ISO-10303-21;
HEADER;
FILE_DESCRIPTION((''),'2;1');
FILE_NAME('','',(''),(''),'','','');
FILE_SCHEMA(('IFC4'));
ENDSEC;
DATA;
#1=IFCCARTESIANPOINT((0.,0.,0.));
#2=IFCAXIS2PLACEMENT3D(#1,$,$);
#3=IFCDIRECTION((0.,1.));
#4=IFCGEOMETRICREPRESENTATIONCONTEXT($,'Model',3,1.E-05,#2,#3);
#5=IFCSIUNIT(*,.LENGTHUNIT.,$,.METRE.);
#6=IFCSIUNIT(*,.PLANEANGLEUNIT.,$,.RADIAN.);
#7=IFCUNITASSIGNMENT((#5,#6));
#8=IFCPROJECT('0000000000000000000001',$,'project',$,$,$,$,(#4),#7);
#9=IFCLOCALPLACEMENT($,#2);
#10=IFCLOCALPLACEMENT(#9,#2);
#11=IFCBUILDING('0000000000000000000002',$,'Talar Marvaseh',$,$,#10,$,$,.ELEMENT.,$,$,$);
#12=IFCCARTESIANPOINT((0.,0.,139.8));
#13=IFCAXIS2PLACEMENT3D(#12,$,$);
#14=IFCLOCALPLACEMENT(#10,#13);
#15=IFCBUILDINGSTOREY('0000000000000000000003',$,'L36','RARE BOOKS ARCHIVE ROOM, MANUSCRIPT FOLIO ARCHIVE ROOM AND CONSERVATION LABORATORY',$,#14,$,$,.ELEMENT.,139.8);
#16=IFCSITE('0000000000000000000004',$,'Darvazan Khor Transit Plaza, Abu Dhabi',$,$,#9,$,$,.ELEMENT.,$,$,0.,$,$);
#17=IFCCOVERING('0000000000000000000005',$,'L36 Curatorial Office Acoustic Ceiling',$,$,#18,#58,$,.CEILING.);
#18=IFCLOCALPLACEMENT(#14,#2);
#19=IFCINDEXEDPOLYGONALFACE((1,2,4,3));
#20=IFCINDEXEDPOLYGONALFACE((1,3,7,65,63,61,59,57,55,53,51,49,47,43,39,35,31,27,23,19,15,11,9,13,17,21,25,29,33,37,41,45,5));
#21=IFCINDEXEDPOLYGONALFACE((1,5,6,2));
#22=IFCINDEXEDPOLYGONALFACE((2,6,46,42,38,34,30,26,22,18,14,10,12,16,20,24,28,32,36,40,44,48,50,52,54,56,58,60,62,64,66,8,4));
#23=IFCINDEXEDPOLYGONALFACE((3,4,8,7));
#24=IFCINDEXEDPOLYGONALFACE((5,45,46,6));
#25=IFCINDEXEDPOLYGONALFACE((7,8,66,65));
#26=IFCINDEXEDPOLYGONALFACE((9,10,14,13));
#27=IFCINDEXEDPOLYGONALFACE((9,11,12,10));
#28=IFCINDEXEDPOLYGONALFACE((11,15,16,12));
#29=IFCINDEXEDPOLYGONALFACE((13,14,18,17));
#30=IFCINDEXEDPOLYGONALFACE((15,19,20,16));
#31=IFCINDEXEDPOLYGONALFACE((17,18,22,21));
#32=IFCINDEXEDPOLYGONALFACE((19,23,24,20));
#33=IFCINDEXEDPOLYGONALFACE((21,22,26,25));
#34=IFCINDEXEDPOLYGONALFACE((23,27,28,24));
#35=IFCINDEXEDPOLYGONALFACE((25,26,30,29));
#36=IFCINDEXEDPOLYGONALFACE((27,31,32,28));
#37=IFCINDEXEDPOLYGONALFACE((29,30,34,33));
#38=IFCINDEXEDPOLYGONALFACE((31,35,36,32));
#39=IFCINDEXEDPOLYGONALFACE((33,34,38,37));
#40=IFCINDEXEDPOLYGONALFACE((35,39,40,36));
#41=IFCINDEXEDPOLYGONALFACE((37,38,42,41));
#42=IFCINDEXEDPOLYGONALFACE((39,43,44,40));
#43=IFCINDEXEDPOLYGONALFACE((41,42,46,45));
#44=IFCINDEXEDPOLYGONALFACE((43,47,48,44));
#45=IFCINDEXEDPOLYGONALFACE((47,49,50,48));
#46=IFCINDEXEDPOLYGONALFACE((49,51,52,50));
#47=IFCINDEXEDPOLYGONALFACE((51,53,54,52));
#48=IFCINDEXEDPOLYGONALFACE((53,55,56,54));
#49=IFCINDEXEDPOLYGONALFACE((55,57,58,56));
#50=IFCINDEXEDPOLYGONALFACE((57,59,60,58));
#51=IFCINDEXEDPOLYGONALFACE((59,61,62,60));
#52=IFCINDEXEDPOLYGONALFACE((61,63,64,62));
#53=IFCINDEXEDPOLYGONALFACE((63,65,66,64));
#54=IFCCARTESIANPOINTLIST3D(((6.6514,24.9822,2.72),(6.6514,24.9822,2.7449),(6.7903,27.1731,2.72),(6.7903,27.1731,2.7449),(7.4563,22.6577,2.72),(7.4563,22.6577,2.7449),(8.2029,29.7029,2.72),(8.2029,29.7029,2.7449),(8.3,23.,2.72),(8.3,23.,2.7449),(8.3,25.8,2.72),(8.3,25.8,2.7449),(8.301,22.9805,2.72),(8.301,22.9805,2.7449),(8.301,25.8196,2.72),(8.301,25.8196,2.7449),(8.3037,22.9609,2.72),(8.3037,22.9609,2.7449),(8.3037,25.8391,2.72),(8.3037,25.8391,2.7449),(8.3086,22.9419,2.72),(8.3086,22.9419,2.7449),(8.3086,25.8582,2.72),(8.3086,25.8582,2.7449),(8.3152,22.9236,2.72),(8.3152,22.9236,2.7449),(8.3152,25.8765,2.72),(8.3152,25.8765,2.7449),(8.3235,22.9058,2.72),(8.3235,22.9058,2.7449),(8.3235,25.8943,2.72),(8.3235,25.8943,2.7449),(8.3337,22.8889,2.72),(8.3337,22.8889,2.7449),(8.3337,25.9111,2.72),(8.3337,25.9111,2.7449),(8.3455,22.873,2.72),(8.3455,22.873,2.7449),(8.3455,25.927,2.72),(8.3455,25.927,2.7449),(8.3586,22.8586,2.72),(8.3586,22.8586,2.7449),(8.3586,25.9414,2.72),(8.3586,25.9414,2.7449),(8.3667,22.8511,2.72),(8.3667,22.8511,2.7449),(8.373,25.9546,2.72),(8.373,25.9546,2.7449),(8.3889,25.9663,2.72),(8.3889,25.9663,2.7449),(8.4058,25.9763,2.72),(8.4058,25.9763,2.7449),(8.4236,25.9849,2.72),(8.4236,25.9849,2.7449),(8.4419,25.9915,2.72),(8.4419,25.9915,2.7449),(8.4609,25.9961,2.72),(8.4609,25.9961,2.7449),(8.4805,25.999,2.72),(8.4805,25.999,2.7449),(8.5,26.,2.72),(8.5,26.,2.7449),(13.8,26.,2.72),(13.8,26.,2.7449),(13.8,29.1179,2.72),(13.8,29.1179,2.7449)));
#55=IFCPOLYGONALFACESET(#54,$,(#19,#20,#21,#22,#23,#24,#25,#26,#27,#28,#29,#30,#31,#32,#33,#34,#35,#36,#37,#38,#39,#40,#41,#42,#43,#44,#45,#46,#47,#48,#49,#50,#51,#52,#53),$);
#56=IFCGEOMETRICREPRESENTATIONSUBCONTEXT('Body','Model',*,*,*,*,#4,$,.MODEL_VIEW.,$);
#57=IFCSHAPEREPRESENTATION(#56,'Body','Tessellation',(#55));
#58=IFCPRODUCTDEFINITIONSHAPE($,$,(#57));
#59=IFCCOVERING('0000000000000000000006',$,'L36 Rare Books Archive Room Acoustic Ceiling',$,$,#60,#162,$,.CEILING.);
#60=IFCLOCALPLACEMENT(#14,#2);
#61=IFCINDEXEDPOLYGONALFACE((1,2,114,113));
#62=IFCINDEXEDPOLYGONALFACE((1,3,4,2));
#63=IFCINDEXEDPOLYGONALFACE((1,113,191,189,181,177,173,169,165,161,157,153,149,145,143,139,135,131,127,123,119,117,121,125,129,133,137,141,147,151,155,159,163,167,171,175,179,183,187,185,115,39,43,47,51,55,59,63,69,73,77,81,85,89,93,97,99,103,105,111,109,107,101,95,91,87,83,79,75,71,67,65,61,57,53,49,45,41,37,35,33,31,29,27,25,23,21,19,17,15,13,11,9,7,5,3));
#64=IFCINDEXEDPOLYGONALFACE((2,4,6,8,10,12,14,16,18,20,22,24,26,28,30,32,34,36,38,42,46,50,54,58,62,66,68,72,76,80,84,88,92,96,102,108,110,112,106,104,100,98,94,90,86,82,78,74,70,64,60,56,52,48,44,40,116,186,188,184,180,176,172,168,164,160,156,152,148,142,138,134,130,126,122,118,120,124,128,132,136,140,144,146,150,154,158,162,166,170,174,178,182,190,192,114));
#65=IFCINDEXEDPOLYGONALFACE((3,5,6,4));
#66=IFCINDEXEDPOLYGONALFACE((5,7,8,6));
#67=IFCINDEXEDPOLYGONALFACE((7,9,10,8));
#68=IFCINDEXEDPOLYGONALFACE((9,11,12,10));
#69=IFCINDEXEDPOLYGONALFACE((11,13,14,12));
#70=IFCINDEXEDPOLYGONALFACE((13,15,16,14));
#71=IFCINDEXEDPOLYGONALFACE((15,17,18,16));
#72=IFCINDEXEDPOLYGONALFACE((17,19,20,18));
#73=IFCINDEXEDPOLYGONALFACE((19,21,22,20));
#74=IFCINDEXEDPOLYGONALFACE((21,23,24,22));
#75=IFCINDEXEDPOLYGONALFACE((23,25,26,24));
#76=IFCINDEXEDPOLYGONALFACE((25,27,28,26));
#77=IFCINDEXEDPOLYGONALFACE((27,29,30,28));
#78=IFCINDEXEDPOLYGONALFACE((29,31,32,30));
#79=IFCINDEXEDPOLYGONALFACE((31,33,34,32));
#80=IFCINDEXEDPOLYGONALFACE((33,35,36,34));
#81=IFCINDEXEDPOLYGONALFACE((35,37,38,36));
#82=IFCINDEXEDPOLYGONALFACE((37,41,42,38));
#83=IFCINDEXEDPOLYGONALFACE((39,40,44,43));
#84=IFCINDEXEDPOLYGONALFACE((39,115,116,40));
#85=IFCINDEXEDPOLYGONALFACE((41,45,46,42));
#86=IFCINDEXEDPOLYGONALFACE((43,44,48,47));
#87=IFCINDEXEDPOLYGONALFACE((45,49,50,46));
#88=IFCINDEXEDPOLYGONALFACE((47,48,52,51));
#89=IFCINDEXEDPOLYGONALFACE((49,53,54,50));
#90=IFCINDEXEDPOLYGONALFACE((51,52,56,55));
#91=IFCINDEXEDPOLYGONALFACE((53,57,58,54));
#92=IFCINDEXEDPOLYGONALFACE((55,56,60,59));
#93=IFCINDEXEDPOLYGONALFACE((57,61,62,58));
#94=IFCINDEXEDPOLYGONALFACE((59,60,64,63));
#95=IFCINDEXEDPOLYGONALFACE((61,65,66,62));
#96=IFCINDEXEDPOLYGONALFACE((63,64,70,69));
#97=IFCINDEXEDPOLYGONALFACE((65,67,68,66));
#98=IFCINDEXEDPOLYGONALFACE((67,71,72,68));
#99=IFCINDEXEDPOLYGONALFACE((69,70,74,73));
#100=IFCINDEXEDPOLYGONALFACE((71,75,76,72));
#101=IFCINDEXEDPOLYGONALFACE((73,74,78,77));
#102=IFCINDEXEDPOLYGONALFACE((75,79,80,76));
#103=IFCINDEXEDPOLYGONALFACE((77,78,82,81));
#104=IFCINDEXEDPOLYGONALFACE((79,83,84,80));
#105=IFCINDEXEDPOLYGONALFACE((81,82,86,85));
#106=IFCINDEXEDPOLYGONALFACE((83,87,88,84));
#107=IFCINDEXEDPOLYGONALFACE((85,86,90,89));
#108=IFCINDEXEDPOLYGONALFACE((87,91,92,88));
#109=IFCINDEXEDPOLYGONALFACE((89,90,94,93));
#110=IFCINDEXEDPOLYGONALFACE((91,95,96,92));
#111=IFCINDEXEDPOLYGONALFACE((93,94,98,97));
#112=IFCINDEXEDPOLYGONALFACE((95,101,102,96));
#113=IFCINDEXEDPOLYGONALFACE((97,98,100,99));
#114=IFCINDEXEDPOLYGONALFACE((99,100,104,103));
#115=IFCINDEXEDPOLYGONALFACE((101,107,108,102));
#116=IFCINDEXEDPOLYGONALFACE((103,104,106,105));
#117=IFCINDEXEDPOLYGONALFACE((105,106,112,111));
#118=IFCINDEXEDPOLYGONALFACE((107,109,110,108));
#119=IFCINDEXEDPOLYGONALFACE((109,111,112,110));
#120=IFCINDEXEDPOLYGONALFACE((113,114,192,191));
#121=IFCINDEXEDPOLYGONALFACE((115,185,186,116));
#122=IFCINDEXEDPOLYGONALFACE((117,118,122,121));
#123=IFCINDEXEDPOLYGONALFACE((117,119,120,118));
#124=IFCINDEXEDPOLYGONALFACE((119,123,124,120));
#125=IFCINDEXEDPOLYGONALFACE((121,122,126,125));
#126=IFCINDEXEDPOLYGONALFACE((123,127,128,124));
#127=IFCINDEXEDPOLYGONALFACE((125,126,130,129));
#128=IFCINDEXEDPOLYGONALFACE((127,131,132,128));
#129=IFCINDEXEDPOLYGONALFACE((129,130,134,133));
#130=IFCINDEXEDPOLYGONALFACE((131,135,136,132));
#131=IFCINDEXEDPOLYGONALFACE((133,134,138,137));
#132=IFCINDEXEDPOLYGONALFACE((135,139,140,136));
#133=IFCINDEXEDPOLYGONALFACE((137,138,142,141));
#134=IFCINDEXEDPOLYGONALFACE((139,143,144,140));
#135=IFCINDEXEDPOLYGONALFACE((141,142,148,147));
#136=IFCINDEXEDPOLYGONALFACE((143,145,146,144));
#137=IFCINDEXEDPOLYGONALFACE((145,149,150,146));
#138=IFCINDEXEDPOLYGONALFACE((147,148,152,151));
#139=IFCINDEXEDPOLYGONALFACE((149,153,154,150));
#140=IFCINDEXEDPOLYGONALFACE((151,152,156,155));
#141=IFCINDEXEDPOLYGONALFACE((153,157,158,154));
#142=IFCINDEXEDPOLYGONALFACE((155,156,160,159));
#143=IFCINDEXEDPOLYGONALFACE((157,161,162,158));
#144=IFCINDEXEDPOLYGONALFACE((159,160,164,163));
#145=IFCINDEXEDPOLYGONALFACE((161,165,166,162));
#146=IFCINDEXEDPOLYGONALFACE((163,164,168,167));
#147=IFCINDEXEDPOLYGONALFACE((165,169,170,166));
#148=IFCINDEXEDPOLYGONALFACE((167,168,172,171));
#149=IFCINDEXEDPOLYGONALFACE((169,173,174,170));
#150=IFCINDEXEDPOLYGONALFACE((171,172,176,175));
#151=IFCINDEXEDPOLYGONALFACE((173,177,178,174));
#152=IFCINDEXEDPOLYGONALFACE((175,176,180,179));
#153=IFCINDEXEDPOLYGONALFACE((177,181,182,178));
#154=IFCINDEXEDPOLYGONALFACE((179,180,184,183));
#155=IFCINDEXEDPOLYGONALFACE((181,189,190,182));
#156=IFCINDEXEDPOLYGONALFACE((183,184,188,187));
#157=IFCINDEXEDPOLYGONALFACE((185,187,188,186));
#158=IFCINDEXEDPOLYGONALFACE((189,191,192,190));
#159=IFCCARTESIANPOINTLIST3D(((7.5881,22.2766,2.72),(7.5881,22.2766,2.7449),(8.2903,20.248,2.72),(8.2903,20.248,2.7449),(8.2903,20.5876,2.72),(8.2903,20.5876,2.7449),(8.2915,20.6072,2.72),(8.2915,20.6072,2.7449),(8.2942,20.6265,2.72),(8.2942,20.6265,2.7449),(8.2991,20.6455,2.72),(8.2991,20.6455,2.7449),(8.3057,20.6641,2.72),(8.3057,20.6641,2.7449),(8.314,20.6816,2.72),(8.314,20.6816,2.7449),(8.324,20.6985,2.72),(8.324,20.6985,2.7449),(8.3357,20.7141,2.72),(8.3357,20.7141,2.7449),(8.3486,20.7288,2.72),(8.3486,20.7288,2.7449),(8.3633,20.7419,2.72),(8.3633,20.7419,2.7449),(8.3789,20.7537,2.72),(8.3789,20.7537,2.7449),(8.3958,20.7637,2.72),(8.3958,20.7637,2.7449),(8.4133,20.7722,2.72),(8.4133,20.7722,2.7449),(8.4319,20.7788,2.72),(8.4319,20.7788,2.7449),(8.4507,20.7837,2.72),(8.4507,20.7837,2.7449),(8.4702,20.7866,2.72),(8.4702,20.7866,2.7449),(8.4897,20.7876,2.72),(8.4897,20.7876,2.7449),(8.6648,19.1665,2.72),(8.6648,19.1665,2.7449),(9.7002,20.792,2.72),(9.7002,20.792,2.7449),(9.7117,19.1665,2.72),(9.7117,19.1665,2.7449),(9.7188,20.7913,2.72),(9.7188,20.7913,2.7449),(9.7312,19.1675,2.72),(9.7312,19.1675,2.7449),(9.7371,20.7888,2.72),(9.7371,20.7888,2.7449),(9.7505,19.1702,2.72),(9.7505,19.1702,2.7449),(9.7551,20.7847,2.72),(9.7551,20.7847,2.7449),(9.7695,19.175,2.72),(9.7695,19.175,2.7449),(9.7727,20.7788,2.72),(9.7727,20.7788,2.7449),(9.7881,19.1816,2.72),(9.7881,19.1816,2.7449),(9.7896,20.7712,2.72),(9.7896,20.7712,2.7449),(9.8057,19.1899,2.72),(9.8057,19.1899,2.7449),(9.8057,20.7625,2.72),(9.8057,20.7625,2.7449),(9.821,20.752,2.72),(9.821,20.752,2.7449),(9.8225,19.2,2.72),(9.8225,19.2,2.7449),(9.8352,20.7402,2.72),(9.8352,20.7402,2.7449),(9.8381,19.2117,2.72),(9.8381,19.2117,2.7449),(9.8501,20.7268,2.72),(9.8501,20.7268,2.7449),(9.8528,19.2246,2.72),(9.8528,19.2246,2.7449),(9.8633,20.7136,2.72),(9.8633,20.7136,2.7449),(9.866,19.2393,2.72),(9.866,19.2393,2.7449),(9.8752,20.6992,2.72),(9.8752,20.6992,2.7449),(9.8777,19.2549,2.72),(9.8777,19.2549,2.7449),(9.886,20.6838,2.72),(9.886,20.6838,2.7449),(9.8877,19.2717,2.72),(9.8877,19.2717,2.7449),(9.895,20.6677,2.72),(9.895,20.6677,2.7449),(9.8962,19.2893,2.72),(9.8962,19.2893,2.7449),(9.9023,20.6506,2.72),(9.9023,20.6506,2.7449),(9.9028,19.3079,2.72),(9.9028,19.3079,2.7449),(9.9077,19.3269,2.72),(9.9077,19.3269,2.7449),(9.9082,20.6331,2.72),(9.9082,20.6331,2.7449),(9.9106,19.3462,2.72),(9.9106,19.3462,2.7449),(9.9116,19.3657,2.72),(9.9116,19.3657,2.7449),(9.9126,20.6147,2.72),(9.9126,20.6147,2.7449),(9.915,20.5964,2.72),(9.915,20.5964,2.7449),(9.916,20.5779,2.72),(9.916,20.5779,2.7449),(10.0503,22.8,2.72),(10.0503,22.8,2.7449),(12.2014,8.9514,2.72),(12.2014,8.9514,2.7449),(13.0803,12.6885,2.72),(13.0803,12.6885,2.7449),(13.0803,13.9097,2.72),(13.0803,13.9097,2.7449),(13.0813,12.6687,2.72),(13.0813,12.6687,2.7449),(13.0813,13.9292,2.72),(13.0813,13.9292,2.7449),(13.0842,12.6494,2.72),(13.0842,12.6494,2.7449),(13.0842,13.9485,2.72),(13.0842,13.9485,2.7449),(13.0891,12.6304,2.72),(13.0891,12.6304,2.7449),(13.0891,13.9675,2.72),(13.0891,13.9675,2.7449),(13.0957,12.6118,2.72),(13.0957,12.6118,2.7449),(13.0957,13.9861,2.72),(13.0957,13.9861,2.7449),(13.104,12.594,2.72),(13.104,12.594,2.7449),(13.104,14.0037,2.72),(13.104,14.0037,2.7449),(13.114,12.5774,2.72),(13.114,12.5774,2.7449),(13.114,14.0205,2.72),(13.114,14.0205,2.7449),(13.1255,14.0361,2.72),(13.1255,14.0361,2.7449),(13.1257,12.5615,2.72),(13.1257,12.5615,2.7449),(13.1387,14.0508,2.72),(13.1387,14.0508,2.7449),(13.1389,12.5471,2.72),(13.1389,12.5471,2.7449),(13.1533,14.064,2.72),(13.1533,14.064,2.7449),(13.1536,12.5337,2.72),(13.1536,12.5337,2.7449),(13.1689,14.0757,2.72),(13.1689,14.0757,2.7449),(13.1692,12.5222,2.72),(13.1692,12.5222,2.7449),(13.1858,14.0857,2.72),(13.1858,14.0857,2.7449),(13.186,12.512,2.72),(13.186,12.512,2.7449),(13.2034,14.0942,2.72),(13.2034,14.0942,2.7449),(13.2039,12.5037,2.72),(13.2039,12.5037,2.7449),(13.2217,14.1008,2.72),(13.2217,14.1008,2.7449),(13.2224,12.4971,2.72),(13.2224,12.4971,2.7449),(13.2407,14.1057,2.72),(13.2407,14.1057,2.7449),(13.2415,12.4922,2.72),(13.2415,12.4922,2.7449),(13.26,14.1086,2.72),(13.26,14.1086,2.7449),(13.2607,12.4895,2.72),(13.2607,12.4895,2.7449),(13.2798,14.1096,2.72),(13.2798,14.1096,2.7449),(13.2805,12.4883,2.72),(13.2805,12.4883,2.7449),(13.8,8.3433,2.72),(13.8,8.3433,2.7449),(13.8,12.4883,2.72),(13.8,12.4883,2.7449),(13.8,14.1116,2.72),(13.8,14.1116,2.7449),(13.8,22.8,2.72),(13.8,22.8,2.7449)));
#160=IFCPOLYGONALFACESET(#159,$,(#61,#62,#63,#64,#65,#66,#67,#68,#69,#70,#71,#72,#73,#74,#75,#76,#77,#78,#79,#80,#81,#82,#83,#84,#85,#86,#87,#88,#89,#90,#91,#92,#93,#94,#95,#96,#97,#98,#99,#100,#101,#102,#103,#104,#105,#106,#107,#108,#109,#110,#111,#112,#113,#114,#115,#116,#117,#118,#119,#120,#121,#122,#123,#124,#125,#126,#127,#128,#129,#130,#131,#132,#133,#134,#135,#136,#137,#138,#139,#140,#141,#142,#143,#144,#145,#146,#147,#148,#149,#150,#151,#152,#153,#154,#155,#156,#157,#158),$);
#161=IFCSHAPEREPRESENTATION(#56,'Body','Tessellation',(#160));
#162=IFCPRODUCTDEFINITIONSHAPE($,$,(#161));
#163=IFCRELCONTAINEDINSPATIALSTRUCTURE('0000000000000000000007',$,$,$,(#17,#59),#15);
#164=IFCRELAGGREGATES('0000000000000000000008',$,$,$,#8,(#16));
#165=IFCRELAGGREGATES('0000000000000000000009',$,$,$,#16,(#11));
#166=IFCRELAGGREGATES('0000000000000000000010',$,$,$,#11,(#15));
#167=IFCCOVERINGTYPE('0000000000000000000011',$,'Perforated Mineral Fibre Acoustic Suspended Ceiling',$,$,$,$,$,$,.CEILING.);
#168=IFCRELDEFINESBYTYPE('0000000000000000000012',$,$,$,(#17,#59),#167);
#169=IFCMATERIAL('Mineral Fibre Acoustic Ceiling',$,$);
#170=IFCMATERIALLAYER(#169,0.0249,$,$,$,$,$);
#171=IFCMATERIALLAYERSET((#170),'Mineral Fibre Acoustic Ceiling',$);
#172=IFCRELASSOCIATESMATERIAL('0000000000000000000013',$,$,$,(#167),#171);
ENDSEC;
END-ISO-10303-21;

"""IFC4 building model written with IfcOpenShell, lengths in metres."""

from ifc_helpers import new_model, si_unit, direction, frame, origin, place, context, subcontext, project, spatial, polyline, outline, extrude, material, layer, layer_set, type_object, element, save


model = new_model("IFC4")

# Units and contexts
model_context = context("Model", 3, precision=1e-05, world=origin(), true_north=direction((0.0, 1.0)))
body_context = subcontext(model_context, "Body", "Model", "MODEL_VIEW")
ifc_project = project(units=[si_unit("LENGTHUNIT", "METRE"), si_unit("PLANEANGLEUNIT", "RADIAN")], contexts=[model_context])

# Site, building, storey
site_placement = place(None, origin())
site = spatial("IfcSite", under=ifc_project, at=site_placement, Name="Darvazan Khor Transit Plaza, Abu Dhabi", CompositionType="ELEMENT", RefElevation=0.0)
building_placement = place(site_placement, origin())
building = spatial("IfcBuilding", under=site, at=building_placement, Name="Talar Marvaseh", CompositionType="ELEMENT")
storey_placement = place(building_placement, frame((0.0, 0.0, 139.8)))
storey = spatial("IfcBuildingStorey", under=building, at=storey_placement, Name="L36", Description="RARE BOOKS ARCHIVE ROOM, MANUSCRIPT FOLIO ARCHIVE ROOM AND CONSERVATION LABORATORY", CompositionType="ELEMENT", Elevation=139.8)

# Coverings
ifc_material_1 = material(Name="Mineral Fibre Acoustic Ceiling")
ifc_layer_1 = layer(ifc_material_1, 0.0249)
ifc_layer_set_1 = layer_set([ifc_layer_1], Name="Mineral Fibre Acoustic Ceiling")
covering_type_1 = type_object("IfcCoveringType", Name="Perforated Mineral Fibre Acoustic Suspended Ceiling", PredefinedType="CEILING", material=ifc_layer_set_1)
covering_1_placement = place(storey_placement, frame((0.0, 0.0, 2.72)))
element("IfcCovering", 1, at=covering_1_placement, inside=storey, type_object=covering_type_1, Name="L36 Curatorial Office Acoustic Ceiling", PredefinedType="CEILING", context=body_context, shape_type="SweptSolid", body=[
    extrude(outline(polyline([(13.8, 29.1179), (13.8, 26.0), (8.5, 26.0), (8.4805, 25.999), (8.4609, 25.9961), (8.4419, 25.9915), (8.4236, 25.9849), (8.4058, 25.9763), (8.3889, 25.9663), (8.373, 25.9546), (8.3586, 25.9414), (8.3455, 25.927), (8.3337, 25.9111), (8.3235, 25.8943), (8.3152, 25.8765), (8.3086, 25.8582), (8.3037, 25.8391), (8.301, 25.8196), (8.3, 25.8), (8.3, 23.0), (8.301, 22.9805), (8.3037, 22.9609), (8.3086, 22.9419), (8.3152, 22.9236), (8.3235, 22.9058), (8.3337, 22.8889), (8.3455, 22.873), (8.3586, 22.8586), (8.3667, 22.8511), (7.4563, 22.6577), (6.6514, 24.9822), (6.7903, 27.1731), (8.2029, 29.7029), (13.8, 29.1179)])), origin(), (0.0, 0.0, 1.0), 0.0249),
])
covering_2_placement = place(storey_placement, frame((0.0, 0.0, 2.72)))
element("IfcCovering", 2, at=covering_2_placement, inside=storey, type_object=covering_type_1, Name="L36 Rare Books Archive Room Acoustic Ceiling", PredefinedType="CEILING", context=body_context, shape_type="SweptSolid", body=[
    extrude(outline(polyline([(9.7312, 19.1675), (9.7505, 19.1702), (9.7695, 19.175), (9.7881, 19.1816), (9.8057, 19.1899), (9.8225, 19.2), (9.8381, 19.2117), (9.8528, 19.2246), (9.866, 19.2393), (9.8777, 19.2549), (9.8877, 19.2717), (9.8962, 19.2893), (9.9028, 19.3079), (9.9077, 19.3269), (9.9106, 19.3462), (9.9116, 19.3657), (9.916, 20.5779), (9.915, 20.5964), (9.9126, 20.6147), (9.9082, 20.6331), (9.9023, 20.6506), (9.895, 20.6677), (9.886, 20.6838), (9.8752, 20.6992), (9.8633, 20.7136), (9.8501, 20.7268), (9.8352, 20.7402), (9.821, 20.752), (9.8057, 20.7625), (9.7896, 20.7712), (9.7727, 20.7788), (9.7551, 20.7847), (9.7371, 20.7888), (9.7188, 20.7913), (9.7002, 20.792), (8.4897, 20.7876), (8.4702, 20.7866), (8.4507, 20.7837), (8.4319, 20.7788), (8.4133, 20.7722), (8.3958, 20.7637), (8.3789, 20.7537), (8.3633, 20.7419), (8.3486, 20.7288), (8.3357, 20.7141), (8.324, 20.6985), (8.314, 20.6816), (8.3057, 20.6641), (8.2991, 20.6455), (8.2942, 20.6265), (8.2915, 20.6072), (8.2903, 20.5876), (8.2903, 20.248), (7.5881, 22.2766), (10.0503, 22.8), (13.8, 22.8), (13.8, 14.1116), (13.2798, 14.1096), (13.26, 14.1086), (13.2407, 14.1057), (13.2217, 14.1008), (13.2034, 14.0942), (13.1858, 14.0857), (13.1689, 14.0757), (13.1533, 14.064), (13.1387, 14.0508), (13.1255, 14.0361), (13.114, 14.0205), (13.104, 14.0037), (13.0957, 13.9861), (13.0891, 13.9675), (13.0842, 13.9485), (13.0813, 13.9292), (13.0803, 13.9097), (13.0803, 12.6885), (13.0813, 12.6687), (13.0842, 12.6494), (13.0891, 12.6304), (13.0957, 12.6118), (13.104, 12.594), (13.114, 12.5774), (13.1257, 12.5615), (13.1389, 12.5471), (13.1536, 12.5337), (13.1692, 12.5222), (13.186, 12.512), (13.2039, 12.5037), (13.2224, 12.4971), (13.2415, 12.4922), (13.2607, 12.4895), (13.2805, 12.4883), (13.8, 12.4883), (13.8, 8.3433), (12.2014, 8.9514), (8.6648, 19.1665), (9.7117, 19.1665), (9.7312, 19.1675)])), origin(), (0.0, 0.0, 1.0), 0.0249),
])

save(model, "model.ifc")
